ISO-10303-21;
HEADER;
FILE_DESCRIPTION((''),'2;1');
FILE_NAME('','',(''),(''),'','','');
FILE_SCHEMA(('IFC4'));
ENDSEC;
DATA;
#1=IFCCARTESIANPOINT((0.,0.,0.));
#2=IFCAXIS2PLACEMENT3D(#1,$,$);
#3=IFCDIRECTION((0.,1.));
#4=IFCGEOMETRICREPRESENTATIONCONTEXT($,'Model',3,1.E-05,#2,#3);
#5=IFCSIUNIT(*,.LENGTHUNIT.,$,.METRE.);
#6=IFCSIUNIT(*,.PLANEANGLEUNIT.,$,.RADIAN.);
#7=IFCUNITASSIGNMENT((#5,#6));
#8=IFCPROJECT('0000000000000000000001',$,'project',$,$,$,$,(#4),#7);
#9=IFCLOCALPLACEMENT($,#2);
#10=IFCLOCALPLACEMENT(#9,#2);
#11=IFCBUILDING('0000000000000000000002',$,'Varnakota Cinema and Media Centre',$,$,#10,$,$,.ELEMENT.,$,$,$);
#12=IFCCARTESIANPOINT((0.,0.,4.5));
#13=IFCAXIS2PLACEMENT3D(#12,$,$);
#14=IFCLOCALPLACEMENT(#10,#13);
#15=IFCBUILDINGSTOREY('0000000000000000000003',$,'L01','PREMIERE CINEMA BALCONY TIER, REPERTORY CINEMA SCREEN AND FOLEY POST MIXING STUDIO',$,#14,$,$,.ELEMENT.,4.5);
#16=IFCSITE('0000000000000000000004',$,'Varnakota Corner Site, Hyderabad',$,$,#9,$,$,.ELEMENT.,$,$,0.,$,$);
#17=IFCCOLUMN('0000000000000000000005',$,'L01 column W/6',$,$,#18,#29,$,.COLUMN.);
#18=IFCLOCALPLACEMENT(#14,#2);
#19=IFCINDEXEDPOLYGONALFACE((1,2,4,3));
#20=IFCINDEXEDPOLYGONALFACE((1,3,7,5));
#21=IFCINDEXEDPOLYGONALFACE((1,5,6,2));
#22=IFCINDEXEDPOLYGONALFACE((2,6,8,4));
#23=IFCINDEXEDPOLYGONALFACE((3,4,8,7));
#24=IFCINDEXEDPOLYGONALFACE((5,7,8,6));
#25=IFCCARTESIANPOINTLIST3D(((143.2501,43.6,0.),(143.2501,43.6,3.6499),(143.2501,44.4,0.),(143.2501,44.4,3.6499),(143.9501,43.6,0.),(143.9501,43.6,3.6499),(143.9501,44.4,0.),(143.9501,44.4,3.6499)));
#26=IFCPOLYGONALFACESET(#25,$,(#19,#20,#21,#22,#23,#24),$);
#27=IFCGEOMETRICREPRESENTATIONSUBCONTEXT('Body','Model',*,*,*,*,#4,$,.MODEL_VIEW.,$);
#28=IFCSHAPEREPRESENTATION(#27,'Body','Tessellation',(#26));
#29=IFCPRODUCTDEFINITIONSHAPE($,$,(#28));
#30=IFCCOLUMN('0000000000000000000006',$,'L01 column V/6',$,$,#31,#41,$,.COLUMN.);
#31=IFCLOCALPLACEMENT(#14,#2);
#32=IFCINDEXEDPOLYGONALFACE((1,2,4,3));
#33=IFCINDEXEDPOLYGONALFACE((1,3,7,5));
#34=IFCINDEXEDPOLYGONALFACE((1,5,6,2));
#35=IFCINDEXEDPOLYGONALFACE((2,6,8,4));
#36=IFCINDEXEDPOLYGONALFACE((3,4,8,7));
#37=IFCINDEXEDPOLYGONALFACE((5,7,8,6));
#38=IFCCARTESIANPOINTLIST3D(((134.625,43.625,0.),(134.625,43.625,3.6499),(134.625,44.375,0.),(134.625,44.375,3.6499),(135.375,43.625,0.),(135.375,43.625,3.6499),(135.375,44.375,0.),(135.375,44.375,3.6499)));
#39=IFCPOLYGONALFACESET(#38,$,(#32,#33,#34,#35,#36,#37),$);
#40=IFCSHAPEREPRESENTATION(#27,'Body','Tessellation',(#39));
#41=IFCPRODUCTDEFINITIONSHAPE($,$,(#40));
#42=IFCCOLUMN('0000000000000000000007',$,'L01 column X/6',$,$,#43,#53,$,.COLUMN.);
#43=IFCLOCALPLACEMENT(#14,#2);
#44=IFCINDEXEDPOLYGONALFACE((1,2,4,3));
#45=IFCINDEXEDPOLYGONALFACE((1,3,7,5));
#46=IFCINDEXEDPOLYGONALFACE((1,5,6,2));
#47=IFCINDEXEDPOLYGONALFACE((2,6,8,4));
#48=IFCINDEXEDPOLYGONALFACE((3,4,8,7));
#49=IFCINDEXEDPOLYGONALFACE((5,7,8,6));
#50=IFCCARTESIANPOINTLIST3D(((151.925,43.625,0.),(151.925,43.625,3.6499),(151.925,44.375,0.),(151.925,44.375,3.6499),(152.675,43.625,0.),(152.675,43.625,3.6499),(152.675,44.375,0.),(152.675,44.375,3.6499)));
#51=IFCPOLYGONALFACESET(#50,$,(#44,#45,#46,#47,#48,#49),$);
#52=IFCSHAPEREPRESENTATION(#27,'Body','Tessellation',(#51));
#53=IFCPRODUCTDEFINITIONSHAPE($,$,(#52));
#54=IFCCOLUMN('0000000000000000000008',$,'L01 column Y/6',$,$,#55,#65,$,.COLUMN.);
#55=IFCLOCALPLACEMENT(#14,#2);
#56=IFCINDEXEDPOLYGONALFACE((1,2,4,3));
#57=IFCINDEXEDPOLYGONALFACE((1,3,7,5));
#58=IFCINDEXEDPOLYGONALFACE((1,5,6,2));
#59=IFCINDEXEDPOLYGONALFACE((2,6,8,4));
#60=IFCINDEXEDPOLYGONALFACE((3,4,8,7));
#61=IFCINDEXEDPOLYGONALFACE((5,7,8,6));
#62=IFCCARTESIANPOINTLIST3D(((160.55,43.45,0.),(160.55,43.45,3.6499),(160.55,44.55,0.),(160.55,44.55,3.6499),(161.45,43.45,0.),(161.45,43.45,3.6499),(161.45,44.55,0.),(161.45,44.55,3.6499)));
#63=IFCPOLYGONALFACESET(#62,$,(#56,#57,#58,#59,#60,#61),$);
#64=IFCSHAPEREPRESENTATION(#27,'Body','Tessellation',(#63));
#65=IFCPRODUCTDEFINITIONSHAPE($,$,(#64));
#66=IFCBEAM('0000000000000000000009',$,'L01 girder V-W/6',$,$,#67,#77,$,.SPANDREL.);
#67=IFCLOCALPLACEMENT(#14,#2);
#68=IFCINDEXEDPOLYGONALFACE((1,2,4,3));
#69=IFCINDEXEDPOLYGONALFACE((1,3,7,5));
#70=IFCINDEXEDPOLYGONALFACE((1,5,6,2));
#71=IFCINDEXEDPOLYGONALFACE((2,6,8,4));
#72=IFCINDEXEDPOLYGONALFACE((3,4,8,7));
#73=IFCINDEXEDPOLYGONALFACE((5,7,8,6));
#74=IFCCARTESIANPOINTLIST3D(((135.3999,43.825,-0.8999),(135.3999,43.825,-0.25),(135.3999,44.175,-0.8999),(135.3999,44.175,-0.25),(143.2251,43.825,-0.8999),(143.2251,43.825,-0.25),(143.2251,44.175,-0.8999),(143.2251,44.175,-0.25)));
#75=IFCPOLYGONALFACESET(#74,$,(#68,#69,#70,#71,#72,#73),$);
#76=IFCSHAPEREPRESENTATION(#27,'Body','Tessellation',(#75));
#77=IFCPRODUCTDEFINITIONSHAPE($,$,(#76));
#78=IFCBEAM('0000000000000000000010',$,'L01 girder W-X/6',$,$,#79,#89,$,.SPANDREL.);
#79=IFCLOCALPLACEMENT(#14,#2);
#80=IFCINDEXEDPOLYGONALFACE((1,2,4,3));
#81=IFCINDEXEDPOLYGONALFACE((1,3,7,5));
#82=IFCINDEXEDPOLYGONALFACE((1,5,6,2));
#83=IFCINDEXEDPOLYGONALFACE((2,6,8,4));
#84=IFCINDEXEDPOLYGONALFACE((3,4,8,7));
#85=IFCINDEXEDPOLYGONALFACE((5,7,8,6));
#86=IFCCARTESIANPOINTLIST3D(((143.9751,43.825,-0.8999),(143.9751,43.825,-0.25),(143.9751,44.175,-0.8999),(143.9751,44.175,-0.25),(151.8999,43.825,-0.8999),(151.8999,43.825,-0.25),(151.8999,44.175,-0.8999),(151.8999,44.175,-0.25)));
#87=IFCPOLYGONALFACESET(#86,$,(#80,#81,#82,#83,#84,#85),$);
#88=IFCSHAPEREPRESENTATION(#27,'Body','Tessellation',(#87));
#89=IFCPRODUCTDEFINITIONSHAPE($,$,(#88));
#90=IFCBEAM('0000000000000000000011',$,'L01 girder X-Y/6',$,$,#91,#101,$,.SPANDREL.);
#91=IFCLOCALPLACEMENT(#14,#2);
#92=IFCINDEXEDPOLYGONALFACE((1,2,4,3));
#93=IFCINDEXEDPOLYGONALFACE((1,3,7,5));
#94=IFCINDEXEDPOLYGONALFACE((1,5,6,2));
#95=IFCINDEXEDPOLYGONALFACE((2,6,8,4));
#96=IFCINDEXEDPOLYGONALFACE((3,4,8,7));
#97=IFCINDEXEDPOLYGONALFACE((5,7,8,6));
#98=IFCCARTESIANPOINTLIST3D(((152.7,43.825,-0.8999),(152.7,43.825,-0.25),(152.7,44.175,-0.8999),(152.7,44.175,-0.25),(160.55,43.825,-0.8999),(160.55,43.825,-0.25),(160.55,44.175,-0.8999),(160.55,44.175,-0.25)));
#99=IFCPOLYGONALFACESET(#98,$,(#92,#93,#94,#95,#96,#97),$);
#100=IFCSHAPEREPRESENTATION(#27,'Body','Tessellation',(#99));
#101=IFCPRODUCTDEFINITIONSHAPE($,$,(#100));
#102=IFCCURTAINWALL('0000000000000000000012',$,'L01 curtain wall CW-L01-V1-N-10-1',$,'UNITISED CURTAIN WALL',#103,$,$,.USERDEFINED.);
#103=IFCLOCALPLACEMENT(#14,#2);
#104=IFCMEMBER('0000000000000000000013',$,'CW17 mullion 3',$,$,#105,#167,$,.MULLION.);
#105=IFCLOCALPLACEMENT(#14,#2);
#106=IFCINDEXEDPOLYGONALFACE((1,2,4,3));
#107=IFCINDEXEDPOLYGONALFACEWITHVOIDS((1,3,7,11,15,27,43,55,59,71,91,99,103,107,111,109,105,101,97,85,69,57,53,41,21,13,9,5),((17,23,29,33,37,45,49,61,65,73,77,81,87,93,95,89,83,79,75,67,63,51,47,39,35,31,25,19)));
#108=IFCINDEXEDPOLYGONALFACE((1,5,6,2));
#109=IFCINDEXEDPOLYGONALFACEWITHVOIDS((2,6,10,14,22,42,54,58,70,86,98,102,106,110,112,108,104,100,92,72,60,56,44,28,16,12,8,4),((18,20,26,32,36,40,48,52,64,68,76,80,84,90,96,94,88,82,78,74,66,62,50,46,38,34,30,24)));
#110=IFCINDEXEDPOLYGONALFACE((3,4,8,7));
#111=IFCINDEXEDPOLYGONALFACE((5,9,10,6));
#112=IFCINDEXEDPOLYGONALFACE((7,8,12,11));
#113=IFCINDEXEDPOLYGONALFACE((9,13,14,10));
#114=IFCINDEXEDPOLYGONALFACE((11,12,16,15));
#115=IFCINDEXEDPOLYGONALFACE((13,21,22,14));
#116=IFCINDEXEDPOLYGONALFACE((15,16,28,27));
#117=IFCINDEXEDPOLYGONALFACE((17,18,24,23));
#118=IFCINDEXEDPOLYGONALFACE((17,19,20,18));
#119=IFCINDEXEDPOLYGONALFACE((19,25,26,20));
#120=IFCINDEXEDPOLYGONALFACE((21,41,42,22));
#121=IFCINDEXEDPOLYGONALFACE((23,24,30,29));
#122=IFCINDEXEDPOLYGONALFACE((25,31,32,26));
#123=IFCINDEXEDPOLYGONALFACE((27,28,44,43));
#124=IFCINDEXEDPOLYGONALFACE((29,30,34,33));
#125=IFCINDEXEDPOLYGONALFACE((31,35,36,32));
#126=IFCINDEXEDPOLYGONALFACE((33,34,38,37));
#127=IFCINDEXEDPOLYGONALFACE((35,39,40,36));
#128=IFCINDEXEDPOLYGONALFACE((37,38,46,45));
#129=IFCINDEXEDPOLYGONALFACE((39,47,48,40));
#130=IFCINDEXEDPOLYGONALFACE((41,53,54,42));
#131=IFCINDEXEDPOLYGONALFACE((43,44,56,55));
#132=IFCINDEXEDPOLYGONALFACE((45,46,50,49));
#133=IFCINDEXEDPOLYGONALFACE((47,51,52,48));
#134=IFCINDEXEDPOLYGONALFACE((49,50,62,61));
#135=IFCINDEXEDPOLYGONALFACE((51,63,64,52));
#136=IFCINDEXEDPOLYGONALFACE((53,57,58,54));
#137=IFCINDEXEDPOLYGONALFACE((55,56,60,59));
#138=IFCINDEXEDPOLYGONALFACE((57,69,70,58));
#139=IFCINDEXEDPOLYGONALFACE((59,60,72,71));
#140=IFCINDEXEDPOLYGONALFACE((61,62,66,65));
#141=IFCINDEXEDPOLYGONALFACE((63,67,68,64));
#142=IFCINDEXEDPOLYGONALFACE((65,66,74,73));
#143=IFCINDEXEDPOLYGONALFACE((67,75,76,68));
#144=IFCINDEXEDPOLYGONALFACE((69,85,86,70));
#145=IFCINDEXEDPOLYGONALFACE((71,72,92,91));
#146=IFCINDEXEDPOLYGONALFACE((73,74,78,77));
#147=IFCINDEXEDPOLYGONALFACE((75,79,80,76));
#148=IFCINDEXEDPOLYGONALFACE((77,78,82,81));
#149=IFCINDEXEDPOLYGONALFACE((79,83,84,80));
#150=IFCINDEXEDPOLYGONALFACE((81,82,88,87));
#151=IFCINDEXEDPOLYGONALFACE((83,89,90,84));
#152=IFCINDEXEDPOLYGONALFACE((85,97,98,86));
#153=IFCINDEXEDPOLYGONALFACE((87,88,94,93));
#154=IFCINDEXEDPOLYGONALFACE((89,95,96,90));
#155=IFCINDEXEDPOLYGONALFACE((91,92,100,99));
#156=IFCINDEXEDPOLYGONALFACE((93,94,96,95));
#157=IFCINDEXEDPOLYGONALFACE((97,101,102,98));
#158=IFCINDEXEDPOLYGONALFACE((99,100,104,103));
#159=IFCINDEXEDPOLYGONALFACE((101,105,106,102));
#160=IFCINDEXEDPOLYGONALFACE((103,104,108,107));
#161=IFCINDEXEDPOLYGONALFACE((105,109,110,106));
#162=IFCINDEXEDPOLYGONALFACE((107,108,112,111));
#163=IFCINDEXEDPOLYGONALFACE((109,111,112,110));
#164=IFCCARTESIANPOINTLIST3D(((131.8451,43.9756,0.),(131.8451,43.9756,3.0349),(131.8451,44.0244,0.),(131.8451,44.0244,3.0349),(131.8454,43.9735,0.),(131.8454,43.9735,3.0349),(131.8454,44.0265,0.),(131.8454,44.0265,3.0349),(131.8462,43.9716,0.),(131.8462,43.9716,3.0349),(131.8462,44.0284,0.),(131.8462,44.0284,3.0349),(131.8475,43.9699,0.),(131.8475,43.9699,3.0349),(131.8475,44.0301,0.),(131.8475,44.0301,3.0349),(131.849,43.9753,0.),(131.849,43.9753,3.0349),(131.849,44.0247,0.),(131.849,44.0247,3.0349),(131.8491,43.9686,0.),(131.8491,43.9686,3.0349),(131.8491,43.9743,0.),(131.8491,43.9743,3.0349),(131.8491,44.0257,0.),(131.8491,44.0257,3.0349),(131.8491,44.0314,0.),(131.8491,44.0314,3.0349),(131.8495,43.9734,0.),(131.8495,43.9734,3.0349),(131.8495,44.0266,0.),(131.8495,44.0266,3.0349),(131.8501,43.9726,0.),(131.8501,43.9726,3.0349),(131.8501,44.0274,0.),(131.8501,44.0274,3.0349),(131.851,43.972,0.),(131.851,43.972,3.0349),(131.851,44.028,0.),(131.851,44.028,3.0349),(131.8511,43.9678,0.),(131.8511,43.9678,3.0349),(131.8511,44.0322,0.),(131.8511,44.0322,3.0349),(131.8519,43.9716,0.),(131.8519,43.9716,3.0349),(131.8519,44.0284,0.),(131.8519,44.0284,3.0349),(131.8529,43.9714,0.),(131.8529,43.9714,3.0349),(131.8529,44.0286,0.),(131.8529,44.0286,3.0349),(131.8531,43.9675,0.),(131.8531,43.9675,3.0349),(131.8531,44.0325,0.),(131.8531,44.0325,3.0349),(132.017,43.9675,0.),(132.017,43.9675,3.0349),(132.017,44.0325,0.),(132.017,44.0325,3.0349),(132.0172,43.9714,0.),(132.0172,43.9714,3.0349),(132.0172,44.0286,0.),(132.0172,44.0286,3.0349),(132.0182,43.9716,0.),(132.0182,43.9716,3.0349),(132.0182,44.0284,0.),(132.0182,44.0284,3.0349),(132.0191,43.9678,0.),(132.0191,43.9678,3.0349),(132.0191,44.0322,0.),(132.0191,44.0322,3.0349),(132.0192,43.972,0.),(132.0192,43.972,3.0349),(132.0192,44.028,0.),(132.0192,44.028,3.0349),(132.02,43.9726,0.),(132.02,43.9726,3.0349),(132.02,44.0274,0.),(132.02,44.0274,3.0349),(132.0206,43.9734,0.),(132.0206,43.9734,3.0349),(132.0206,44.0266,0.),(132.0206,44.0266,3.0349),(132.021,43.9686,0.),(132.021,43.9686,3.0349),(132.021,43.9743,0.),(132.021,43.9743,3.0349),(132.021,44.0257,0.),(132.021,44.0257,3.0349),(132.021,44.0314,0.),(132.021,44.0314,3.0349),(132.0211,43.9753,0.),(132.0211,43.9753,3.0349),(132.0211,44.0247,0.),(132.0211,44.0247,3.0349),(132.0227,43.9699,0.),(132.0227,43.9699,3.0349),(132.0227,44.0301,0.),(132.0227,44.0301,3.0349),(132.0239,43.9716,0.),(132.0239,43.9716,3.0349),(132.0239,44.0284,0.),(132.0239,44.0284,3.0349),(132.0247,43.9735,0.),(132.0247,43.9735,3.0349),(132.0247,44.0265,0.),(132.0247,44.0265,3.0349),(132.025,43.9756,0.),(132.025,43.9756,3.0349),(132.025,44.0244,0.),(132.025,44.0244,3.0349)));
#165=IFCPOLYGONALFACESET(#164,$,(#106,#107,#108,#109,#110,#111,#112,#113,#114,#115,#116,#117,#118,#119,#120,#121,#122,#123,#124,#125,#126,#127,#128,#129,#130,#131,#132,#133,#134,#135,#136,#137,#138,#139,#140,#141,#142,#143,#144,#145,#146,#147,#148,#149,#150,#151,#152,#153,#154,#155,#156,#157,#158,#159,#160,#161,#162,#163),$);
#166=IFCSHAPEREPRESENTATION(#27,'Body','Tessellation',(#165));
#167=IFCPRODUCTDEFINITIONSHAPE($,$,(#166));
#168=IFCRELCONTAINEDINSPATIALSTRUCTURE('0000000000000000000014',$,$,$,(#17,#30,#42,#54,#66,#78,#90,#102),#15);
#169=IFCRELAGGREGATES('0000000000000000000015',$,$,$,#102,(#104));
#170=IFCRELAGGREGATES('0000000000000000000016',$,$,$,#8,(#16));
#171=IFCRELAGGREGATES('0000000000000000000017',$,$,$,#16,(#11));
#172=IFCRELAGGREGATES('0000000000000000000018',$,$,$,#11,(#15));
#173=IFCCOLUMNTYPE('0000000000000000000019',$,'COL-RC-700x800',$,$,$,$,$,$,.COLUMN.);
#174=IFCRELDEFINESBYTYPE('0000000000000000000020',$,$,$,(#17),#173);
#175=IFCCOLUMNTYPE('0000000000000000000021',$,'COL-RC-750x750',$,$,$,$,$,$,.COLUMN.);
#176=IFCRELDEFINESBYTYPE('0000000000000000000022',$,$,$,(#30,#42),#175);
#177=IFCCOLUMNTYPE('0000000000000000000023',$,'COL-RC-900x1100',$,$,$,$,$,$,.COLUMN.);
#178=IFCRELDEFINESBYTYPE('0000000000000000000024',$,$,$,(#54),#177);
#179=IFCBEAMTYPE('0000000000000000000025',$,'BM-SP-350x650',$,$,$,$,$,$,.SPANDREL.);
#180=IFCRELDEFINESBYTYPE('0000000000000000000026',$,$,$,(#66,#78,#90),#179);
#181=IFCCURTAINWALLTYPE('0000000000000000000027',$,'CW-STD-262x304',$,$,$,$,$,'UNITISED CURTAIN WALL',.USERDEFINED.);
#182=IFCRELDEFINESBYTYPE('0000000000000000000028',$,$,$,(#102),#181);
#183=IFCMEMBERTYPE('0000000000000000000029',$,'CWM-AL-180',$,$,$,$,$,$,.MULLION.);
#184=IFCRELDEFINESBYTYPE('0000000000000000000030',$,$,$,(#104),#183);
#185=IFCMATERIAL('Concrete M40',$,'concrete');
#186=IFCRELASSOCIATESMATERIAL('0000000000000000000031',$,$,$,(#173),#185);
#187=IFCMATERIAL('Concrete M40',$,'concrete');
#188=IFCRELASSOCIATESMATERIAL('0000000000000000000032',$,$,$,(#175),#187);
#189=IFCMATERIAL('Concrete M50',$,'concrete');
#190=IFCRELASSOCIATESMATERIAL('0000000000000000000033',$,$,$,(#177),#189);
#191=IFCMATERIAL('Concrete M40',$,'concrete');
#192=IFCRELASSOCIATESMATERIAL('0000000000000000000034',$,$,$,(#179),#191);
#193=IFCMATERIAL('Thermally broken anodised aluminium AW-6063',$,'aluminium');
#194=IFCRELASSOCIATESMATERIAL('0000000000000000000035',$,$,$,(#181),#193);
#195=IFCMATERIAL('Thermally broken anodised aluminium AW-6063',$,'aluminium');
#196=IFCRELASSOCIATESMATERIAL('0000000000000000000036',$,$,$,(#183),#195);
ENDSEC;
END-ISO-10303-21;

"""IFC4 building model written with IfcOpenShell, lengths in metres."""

from ifc_helpers import new_model, si_unit, direction, frame, origin, origin_2d, place, context, subcontext, project, spatial, rectangle, hollow_rectangle, extrude, material, material_profile, profile_set, type_object, element, aggregate, save


model = new_model("IFC4")

# Units and contexts
model_context = context("Model", 3, precision=1e-05, world=origin(), true_north=direction((0.0, 1.0)))
body_context = subcontext(model_context, "Body", "Model", "MODEL_VIEW")
ifc_project = project(units=[si_unit("LENGTHUNIT", "METRE"), si_unit("PLANEANGLEUNIT", "RADIAN")], contexts=[model_context])

# Site, building, storey
site_placement = place(None, origin())
site = spatial("IfcSite", under=ifc_project, at=site_placement, Name="Varnakota Corner Site, Hyderabad", CompositionType="ELEMENT", RefElevation=0.0)
building_placement = place(site_placement, origin())
building = spatial("IfcBuilding", under=site, at=building_placement, Name="Varnakota Cinema and Media Centre", CompositionType="ELEMENT")
storey_placement = place(building_placement, frame((0.0, 0.0, 4.5)))
storey = spatial("IfcBuildingStorey", under=building, at=storey_placement, Name="L01", Description="PREMIERE CINEMA BALCONY TIER, REPERTORY CINEMA SCREEN AND FOLEY POST MIXING STUDIO", CompositionType="ELEMENT", Elevation=4.5)

# Columns
ifc_material_1 = material(Name="Concrete M40", Category="concrete")
ifc_material_profile_1 = material_profile(ifc_material_1, rectangle(XDim=0.7, YDim=0.8, at=origin_2d()), Name="RC 700x800")
ifc_profile_set_1 = profile_set([ifc_material_profile_1], Name="Concrete M40")
column_type_1 = type_object("IfcColumnType", Name="COL-RC-700x800", PredefinedType="COLUMN", material=ifc_profile_set_1)
column_1_placement = place(storey_placement, frame((143.6001, 44.0, 0.0), z_axis=(0.0, 0.0, 1.0), x_axis=(1.0, 0.0, 0.0)))
element("IfcColumn", 1, at=column_1_placement, inside=storey, type_object=column_type_1, Name="L01 column W/6", PredefinedType="COLUMN", context=body_context, shape_type="SweptSolid", body=[
    extrude(rectangle(XDim=0.7, YDim=0.8, at=origin_2d()), origin(), (0.0, 0.0, 1.0), 3.6499),
])
ifc_material_2 = material(Name="Concrete M40", Category="concrete")
ifc_material_profile_2 = material_profile(ifc_material_2, rectangle(XDim=0.75, YDim=0.75, at=origin_2d()), Name="RC 750x750")
ifc_profile_set_2 = profile_set([ifc_material_profile_2], Name="Concrete M40")
column_type_2 = type_object("IfcColumnType", Name="COL-RC-750x750", PredefinedType="COLUMN", material=ifc_profile_set_2)
for number, where, z_axis, x_axis, name in (
    (2, (135.0, 44.0, 0.0), (0.0, 0.0, 1.0), (1.0, 0.0, 0.0), "L01 column V/6"),
    (3, (152.3, 44.0, 0.0), (0.0, 0.0, 1.0), (1.0, 0.0, 0.0), "L01 column X/6"),
):
    element("IfcColumn", number, at=place(storey_placement, frame(where, z_axis=z_axis, x_axis=x_axis)), inside=storey, type_object=column_type_2, Name=name, PredefinedType="COLUMN", context=body_context, shape_type="SweptSolid", body=[
        extrude(rectangle(XDim=0.75, YDim=0.75, at=origin_2d()), origin(), (0.0, 0.0, 1.0), 3.6499),
    ])
ifc_material_3 = material(Name="Concrete M50", Category="concrete")
ifc_material_profile_3 = material_profile(ifc_material_3, rectangle(XDim=0.8999, YDim=1.1001, at=origin_2d()), Name="RC 900x1100")
ifc_profile_set_3 = profile_set([ifc_material_profile_3], Name="Concrete M50")
column_type_3 = type_object("IfcColumnType", Name="COL-RC-900x1100", PredefinedType="COLUMN", material=ifc_profile_set_3)
column_2_placement = place(storey_placement, frame((161.0, 44.0, 0.0), z_axis=(0.0, 0.0, 1.0), x_axis=(1.0, 0.0, 0.0)))
element("IfcColumn", 4, at=column_2_placement, inside=storey, type_object=column_type_3, Name="L01 column Y/6", PredefinedType="COLUMN", context=body_context, shape_type="SweptSolid", body=[
    extrude(rectangle(XDim=0.8999, YDim=1.1001, at=origin_2d()), origin(), (0.0, 0.0, 1.0), 3.6499),
])

# Beams
ifc_material_4 = material(Name="Concrete M40", Category="concrete")
ifc_material_profile_4 = material_profile(ifc_material_4, rectangle(XDim=0.3501, YDim=0.6499, at=origin_2d()), Name="RCB 350x650")
ifc_profile_set_4 = profile_set([ifc_material_profile_4], Name="Concrete M40")
beam_type = type_object("IfcBeamType", Name="BM-SP-350x650", PredefinedType="SPANDREL", material=ifc_profile_set_4)
beam_1_placement = place(storey_placement, frame((135.3999, 44.0, -0.575), z_axis=(1.0, 0.0, 0.0), x_axis=(0.0, 1.0, 0.0)))
element("IfcBeam", 5, at=beam_1_placement, inside=storey, type_object=beam_type, Name="L01 girder V-W/6", PredefinedType="SPANDREL", context=body_context, shape_type="SweptSolid", body=[
    extrude(rectangle(XDim=0.3501, YDim=0.6499, at=origin_2d()), origin(), (0.0, 0.0, 1.0), 7.8252),
])
beam_2_placement = place(storey_placement, frame((143.9751, 44.0, -0.575), z_axis=(1.0, 0.0, 0.0), x_axis=(0.0, 1.0, 0.0)))
element("IfcBeam", 6, at=beam_2_placement, inside=storey, type_object=beam_type, Name="L01 girder W-X/6", PredefinedType="SPANDREL", context=body_context, shape_type="SweptSolid", body=[
    extrude(rectangle(XDim=0.3501, YDim=0.6499, at=origin_2d()), origin(), (0.0, 0.0, 1.0), 7.9248),
])
beam_3_placement = place(storey_placement, frame((152.7, 44.0, -0.575), z_axis=(1.0, 0.0, 0.0), x_axis=(0.0, 1.0, 0.0)))
element("IfcBeam", 7, at=beam_3_placement, inside=storey, type_object=beam_type, Name="L01 girder X-Y/6", PredefinedType="SPANDREL", context=body_context, shape_type="SweptSolid", body=[
    extrude(rectangle(XDim=0.3501, YDim=0.6499, at=origin_2d()), origin(), (0.0, 0.0, 1.0), 7.8501),
])

# Curtain wall, member
ifc_material_5 = material(Name="Thermally broken anodised aluminium AW-6063", Category="aluminium")
curtain_wall_type = type_object("IfcCurtainWallType", Name="CW-STD-262x304", ElementType="UNITISED CURTAIN WALL", PredefinedType="USERDEFINED", material=ifc_material_5)
curtain_wall_1_placement = place(storey_placement, origin())
curtain_wall_1 = element("IfcCurtainWall", 8, at=curtain_wall_1_placement, inside=storey, type_object=curtain_wall_type, Name="L01 curtain wall CW-L01-V1-N-10-1", ObjectType="UNITISED CURTAIN WALL", PredefinedType="USERDEFINED")
ifc_material_6 = material(Name="Thermally broken anodised aluminium AW-6063", Category="aluminium")
ifc_material_profile_5 = material_profile(ifc_material_6, hollow_rectangle(XDim=0.0649, YDim=0.1799, WallThickness=0.0039, InnerFilletRadius=0.0039, OuterFilletRadius=0.0081, at=origin_2d()), Name="AL-MULLION 180x65x4")
ifc_profile_set_5 = profile_set([ifc_material_profile_5], Name="Thermally broken anodised aluminium AW-6063")
member_type_1 = type_object("IfcMemberType", Name="CWM-AL-180", PredefinedType="MULLION", material=ifc_profile_set_5)
member_1_placement = place(storey_placement, frame((131.9351, 44.0, 0.0), z_axis=(0.0, 0.0, 1.0), x_axis=(0.0, 1.0, 0.0)))
member_1 = element("IfcMember", 9, at=member_1_placement, type_object=member_type_1, Name="CW17 mullion 3", PredefinedType="MULLION", context=body_context, shape_type="SweptSolid", body=[
    extrude(hollow_rectangle(XDim=0.0649, YDim=0.1799, WallThickness=0.0039, InnerFilletRadius=0.0039, OuterFilletRadius=0.0081, at=origin_2d()), origin(), (0.0, 0.0, 1.0), 3.0349),
])

aggregate(curtain_wall_1, [member_1])

save(model, "model.ifc")
